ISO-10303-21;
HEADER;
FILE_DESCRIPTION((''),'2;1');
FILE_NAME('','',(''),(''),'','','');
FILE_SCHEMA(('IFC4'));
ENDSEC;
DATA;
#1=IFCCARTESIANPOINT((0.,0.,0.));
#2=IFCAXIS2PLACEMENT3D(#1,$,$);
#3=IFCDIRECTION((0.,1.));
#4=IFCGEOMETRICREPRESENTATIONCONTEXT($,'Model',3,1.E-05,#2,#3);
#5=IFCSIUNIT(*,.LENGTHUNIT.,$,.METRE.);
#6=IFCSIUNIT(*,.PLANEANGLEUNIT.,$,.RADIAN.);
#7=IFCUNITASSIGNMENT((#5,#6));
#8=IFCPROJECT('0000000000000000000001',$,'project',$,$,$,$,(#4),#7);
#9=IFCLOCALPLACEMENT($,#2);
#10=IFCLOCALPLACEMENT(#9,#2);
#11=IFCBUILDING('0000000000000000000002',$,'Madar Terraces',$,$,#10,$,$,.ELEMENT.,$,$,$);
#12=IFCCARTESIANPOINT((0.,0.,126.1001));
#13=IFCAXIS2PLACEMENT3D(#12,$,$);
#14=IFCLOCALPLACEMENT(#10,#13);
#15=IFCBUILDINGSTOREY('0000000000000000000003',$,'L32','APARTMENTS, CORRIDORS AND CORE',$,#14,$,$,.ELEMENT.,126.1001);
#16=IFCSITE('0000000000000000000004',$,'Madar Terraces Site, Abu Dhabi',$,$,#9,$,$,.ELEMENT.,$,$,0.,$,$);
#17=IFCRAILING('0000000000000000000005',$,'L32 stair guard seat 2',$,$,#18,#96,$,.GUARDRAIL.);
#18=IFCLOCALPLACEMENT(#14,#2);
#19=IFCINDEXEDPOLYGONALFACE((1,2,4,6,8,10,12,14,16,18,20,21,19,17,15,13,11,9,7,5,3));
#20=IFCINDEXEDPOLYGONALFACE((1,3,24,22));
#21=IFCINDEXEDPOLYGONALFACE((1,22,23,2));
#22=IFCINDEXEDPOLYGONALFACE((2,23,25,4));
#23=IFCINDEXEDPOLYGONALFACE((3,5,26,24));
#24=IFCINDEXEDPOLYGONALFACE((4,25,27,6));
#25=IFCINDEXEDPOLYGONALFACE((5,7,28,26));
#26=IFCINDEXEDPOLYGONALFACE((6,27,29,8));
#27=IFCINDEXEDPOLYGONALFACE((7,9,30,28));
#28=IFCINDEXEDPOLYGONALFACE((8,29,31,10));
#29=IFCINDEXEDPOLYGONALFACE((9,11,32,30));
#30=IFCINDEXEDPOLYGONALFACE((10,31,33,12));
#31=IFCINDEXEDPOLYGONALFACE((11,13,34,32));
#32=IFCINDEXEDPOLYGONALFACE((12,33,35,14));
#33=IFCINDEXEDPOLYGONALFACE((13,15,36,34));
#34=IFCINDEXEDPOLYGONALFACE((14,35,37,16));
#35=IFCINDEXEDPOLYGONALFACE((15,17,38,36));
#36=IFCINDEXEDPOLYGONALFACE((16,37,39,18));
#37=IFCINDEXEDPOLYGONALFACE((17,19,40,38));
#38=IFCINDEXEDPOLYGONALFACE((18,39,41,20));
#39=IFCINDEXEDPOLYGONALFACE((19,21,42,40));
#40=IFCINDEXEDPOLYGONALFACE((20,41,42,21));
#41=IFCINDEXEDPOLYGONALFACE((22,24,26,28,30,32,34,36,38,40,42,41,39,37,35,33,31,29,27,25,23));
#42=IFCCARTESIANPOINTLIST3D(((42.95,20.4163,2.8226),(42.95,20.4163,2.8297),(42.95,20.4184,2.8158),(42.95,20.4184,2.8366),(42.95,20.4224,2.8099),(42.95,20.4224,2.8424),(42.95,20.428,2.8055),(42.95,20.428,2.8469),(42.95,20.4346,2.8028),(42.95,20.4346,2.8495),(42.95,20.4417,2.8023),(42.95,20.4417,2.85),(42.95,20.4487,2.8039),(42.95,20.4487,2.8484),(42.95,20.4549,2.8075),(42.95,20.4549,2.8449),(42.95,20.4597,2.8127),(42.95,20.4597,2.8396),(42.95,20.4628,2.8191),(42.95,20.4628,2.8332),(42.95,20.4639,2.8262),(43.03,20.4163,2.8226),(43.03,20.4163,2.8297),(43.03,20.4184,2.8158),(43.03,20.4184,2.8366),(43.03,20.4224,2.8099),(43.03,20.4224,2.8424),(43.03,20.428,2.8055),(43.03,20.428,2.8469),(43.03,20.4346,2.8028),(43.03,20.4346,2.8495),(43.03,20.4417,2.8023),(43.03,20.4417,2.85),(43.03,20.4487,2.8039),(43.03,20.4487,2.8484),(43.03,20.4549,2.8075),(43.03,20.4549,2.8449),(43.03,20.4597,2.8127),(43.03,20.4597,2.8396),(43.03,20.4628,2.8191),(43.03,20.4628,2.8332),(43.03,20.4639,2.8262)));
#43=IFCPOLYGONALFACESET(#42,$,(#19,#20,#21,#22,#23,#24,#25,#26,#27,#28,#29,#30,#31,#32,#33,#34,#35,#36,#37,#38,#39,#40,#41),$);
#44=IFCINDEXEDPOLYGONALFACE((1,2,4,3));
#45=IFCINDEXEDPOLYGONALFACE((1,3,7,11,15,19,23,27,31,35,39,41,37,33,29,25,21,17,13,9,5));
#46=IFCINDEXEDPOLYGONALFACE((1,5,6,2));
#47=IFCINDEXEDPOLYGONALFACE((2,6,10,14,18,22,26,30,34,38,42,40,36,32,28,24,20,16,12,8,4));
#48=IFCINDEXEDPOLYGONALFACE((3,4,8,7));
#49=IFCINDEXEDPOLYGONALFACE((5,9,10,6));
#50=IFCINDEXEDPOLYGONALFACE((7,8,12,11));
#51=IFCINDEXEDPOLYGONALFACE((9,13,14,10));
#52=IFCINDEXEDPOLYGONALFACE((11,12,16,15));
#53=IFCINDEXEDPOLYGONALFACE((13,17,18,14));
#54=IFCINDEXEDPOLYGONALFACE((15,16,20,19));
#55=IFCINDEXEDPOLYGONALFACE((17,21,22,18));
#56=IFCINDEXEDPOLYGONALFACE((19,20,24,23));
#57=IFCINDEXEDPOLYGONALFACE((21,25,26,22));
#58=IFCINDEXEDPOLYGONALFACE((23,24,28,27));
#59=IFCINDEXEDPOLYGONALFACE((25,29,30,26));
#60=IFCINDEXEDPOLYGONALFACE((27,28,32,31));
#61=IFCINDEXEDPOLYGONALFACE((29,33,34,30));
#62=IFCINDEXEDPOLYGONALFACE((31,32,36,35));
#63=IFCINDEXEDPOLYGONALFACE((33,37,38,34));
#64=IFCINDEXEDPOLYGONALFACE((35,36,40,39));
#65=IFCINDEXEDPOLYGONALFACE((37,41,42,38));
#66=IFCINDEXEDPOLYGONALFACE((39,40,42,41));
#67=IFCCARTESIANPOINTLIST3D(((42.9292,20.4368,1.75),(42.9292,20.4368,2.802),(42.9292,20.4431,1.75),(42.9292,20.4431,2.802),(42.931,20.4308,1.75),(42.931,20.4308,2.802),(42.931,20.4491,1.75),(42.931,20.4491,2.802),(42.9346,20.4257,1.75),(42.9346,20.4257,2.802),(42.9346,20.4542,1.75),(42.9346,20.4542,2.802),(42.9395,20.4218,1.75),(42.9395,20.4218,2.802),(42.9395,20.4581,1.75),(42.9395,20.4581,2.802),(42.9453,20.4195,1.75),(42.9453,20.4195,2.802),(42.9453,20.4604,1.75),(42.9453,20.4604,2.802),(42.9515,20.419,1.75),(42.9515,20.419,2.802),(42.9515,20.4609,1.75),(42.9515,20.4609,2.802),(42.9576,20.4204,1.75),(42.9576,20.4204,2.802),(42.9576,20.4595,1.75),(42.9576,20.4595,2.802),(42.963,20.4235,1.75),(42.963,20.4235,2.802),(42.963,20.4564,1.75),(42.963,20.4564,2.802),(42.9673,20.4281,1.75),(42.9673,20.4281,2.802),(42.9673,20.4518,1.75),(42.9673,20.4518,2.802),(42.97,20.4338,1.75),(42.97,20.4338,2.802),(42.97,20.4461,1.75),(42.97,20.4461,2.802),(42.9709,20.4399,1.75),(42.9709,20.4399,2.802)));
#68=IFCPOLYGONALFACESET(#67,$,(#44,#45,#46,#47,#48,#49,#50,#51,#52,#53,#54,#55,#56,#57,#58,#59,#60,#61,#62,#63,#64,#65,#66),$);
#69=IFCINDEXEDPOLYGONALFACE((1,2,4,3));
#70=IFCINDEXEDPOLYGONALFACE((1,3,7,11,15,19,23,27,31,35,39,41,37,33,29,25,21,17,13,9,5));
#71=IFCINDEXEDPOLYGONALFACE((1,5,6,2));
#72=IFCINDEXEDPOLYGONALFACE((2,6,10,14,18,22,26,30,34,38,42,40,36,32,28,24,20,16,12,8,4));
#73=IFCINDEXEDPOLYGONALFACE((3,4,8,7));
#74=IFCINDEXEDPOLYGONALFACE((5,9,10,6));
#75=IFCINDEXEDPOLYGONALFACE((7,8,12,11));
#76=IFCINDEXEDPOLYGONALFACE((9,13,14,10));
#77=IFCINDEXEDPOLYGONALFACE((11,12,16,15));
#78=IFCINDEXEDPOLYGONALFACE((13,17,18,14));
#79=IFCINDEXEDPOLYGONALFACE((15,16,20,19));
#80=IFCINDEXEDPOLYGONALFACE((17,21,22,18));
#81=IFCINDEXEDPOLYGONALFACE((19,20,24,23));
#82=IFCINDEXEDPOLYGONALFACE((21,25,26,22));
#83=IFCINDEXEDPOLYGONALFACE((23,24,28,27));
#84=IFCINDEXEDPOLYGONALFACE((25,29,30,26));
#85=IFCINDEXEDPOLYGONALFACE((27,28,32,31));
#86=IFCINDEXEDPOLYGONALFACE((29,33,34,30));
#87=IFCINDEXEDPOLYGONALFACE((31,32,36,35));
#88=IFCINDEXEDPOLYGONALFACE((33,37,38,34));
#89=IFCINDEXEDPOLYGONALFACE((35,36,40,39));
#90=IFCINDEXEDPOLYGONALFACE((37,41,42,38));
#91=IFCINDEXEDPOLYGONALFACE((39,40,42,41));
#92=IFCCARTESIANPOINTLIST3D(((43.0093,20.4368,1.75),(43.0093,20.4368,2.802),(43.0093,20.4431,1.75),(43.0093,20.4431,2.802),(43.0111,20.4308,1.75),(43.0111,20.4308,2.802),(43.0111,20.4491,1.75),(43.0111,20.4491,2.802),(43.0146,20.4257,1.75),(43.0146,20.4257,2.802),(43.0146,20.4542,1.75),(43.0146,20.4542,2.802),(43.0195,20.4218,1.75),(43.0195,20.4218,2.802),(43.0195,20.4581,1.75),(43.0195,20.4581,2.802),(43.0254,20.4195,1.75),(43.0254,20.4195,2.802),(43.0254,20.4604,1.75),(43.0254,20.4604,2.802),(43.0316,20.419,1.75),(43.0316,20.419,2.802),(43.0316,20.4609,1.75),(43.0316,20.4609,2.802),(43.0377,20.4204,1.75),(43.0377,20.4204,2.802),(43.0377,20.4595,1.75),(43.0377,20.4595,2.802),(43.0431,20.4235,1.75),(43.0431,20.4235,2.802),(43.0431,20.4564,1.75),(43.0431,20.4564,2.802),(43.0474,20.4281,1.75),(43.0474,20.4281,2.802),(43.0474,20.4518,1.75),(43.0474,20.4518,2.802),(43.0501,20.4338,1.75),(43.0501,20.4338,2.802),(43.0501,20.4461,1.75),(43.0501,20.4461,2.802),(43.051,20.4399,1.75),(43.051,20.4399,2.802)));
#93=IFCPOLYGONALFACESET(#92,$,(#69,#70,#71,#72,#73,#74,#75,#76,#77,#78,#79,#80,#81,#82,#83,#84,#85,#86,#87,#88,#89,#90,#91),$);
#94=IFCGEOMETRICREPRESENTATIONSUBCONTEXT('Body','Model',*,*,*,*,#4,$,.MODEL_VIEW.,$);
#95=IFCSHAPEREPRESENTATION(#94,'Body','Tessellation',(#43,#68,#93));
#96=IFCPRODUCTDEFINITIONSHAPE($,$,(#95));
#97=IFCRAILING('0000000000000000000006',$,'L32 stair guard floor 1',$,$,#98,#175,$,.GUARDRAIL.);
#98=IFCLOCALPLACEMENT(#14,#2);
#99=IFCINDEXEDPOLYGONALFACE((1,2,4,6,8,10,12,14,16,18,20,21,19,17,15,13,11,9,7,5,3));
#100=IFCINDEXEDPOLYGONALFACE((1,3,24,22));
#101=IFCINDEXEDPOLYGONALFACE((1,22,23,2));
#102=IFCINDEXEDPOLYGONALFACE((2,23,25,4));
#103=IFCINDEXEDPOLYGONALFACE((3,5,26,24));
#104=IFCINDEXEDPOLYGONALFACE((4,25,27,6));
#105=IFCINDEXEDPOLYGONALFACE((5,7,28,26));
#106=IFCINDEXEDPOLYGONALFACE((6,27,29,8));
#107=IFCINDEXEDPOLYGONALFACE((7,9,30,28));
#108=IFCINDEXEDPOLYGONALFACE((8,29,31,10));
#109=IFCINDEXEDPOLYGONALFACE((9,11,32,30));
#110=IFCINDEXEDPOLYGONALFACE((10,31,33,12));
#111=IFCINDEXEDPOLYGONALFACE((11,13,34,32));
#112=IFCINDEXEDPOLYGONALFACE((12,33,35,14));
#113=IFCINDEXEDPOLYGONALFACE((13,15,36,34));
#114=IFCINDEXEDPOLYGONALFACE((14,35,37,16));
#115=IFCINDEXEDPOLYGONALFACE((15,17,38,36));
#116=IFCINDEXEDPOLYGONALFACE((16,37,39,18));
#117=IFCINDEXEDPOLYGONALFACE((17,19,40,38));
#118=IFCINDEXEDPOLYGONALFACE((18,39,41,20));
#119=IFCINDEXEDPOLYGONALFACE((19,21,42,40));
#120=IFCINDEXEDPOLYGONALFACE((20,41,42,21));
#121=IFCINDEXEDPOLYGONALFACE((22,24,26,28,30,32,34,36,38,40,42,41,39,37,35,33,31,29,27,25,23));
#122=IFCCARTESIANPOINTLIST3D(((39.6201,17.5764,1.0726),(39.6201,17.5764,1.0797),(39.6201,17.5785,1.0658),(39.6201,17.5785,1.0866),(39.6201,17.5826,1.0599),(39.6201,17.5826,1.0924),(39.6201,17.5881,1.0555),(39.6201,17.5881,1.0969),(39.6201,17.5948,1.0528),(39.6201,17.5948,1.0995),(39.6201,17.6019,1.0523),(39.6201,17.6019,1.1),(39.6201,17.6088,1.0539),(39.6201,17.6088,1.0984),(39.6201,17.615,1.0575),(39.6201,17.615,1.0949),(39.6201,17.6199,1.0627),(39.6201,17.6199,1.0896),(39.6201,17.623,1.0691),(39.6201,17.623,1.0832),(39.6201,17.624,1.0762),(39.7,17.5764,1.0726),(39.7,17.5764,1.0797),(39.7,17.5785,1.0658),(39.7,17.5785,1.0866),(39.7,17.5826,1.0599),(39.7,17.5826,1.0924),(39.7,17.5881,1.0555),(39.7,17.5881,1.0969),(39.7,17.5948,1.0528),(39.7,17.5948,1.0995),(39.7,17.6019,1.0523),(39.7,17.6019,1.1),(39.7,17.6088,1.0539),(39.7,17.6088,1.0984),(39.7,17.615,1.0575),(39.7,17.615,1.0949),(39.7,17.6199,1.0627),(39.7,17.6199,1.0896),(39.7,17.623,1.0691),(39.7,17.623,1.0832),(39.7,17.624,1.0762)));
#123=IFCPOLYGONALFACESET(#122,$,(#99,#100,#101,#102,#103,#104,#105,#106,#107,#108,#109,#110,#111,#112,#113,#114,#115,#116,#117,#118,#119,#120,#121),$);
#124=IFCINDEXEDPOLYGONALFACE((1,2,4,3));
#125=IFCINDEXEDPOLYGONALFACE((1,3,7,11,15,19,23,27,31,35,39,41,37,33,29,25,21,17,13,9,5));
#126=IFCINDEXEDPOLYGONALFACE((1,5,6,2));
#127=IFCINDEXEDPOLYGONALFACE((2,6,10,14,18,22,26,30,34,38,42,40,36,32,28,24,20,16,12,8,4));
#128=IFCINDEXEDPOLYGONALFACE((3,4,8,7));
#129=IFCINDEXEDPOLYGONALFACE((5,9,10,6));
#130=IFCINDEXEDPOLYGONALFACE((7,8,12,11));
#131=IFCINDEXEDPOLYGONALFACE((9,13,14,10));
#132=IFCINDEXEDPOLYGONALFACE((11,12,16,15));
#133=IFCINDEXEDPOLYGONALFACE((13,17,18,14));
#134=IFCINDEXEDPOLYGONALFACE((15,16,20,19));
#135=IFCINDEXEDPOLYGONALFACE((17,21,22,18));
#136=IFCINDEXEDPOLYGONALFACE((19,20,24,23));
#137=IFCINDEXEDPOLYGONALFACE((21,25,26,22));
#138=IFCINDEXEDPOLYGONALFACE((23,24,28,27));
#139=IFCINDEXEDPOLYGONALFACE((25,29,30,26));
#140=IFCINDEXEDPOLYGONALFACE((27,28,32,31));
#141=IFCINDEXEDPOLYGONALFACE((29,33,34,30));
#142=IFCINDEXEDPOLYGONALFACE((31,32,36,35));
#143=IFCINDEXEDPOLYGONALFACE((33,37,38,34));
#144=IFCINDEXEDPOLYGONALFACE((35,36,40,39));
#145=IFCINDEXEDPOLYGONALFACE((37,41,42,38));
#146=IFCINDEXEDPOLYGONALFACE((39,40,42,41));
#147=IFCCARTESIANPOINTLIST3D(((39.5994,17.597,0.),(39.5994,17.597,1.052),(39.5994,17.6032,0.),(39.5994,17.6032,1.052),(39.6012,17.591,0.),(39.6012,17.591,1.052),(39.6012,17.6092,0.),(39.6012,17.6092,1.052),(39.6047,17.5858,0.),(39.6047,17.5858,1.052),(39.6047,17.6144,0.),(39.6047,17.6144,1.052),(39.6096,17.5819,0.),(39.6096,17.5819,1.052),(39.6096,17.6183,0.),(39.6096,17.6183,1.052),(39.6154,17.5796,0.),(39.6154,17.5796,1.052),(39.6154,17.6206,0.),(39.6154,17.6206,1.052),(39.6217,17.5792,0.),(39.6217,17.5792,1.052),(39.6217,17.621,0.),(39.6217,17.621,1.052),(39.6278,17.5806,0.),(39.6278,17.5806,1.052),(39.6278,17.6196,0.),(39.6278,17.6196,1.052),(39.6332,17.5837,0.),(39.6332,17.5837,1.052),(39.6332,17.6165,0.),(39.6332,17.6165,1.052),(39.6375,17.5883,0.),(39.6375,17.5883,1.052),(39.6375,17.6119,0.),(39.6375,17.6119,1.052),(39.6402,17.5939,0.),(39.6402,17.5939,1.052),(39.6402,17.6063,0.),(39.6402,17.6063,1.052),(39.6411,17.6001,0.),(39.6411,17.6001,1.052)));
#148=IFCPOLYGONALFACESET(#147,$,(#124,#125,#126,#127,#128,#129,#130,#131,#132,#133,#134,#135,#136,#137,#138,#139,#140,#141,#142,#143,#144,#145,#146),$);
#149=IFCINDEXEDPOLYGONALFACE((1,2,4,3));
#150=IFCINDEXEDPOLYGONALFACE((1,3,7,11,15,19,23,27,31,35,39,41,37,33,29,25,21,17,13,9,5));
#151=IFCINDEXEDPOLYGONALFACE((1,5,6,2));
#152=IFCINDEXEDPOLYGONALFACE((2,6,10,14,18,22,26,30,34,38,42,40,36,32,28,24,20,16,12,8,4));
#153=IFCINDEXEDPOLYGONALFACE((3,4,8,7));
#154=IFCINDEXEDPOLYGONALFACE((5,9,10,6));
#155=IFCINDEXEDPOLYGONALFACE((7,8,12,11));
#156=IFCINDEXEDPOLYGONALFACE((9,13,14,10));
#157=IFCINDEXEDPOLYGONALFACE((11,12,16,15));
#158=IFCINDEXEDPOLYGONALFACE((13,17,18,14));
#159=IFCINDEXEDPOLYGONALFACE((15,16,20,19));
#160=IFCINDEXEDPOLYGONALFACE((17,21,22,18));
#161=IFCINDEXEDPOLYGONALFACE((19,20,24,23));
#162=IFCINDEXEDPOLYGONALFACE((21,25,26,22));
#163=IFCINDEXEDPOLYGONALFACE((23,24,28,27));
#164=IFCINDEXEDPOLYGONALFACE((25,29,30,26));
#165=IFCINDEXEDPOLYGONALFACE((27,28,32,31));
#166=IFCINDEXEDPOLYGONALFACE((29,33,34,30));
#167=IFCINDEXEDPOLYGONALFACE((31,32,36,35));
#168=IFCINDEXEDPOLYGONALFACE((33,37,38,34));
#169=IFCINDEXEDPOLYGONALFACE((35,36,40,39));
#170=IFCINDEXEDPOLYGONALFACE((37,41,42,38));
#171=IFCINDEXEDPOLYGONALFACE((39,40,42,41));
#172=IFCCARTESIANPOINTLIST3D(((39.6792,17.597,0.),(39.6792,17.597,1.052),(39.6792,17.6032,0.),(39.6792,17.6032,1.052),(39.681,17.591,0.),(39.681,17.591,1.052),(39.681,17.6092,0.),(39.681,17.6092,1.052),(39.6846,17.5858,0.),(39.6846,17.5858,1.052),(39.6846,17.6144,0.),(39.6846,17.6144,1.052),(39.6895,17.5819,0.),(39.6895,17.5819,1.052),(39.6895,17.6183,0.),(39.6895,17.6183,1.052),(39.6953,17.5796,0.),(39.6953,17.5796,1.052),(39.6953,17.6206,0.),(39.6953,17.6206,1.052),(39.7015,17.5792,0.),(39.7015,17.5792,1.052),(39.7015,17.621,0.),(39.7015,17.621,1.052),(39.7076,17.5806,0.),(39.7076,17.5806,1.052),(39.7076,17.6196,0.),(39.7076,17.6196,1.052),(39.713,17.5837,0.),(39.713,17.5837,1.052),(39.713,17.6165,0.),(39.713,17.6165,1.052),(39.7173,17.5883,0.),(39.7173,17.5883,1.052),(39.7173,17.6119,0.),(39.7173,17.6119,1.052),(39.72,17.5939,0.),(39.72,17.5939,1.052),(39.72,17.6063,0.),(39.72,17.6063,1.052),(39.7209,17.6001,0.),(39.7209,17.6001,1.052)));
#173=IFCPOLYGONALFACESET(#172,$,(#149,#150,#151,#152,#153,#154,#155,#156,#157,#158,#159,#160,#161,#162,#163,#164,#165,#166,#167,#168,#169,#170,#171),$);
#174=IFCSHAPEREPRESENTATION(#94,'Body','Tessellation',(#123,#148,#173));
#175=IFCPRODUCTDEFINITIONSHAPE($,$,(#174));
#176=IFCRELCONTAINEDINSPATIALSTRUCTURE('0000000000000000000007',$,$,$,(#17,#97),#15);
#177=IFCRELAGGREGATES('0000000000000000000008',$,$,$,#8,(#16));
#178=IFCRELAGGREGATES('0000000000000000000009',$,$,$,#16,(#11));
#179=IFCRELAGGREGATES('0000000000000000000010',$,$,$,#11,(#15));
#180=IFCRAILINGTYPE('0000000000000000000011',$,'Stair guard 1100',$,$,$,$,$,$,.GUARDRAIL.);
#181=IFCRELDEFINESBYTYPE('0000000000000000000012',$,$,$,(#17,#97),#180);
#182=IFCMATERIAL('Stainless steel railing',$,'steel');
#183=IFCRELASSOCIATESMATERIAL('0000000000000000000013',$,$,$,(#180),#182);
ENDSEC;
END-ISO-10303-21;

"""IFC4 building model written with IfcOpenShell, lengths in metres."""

from ifc_helpers import new_model, si_unit, direction, frame, origin, origin_2d, place, context, subcontext, project, spatial, circle, extrude, material, type_object, element, save


model = new_model("IFC4")

# Units and contexts
model_context = context("Model", 3, precision=1e-05, world=origin(), true_north=direction((0.0, 1.0)))
body_context = subcontext(model_context, "Body", "Model", "MODEL_VIEW")
ifc_project = project(units=[si_unit("LENGTHUNIT", "METRE"), si_unit("PLANEANGLEUNIT", "RADIAN")], contexts=[model_context])

# Site, building, storey
site_placement = place(None, origin())
site = spatial("IfcSite", under=ifc_project, at=site_placement, Name="Madar Terraces Site, Abu Dhabi", CompositionType="ELEMENT", RefElevation=0.0)
building_placement = place(site_placement, origin())
building = spatial("IfcBuilding", under=site, at=building_placement, Name="Madar Terraces", CompositionType="ELEMENT")
storey_placement = place(building_placement, frame((0.0, 0.0, 126.1001)))
storey = spatial("IfcBuildingStorey", under=building, at=storey_placement, Name="L32", Description="APARTMENTS, CORRIDORS AND CORE", CompositionType="ELEMENT", Elevation=126.1001)

# Railings
ifc_material_1 = material(Name="Stainless steel railing", Category="steel")
railing_type_1 = type_object("IfcRailingType", Name="Stair guard 1100", PredefinedType="GUARDRAIL", material=ifc_material_1)
railing_1_placement = place(storey_placement, frame((42.95, 20.4399, 1.75)))
element("IfcRailing", 1, at=railing_1_placement, inside=storey, type_object=railing_type_1, Name="L32 stair guard seat 2", PredefinedType="GUARDRAIL", context=body_context, shape_type="SweptSolid", body=[
    extrude(circle(Radius=0.0239, at=origin_2d()), frame((0.0, 0.0, 1.0762), z_axis=(1.0, 0.0, 0.0), x_axis=(0.0, 1.0, 0.0)), (0.0, 0.0, 1.0), 0.0801),
    extrude(circle(Radius=0.021, at=origin_2d()), origin(), (0.0, 0.0, 1.0), 1.052),
    extrude(circle(Radius=0.021, at=origin_2d()), frame((0.0801, 0.0, 0.0)), (0.0, 0.0, 1.0), 1.052),
])
railing_2_placement = place(storey_placement, frame((39.6201, 17.6001, 0.0)))
element("IfcRailing", 2, at=railing_2_placement, inside=storey, type_object=railing_type_1, Name="L32 stair guard floor 1", PredefinedType="GUARDRAIL", context=body_context, shape_type="SweptSolid", body=[
    extrude(circle(Radius=0.0239, at=origin_2d()), frame((0.0, 0.0, 1.0762), z_axis=(1.0, 0.0, 0.0), x_axis=(0.0, 1.0, 0.0)), (0.0, 0.0, 1.0), 0.0798),
    extrude(circle(Radius=0.021, at=origin_2d()), origin(), (0.0, 0.0, 1.0), 1.052),
    extrude(circle(Radius=0.021, at=origin_2d()), frame((0.0798, 0.0, 0.0)), (0.0, 0.0, 1.0), 1.052),
])

save(model, "model.ifc")
